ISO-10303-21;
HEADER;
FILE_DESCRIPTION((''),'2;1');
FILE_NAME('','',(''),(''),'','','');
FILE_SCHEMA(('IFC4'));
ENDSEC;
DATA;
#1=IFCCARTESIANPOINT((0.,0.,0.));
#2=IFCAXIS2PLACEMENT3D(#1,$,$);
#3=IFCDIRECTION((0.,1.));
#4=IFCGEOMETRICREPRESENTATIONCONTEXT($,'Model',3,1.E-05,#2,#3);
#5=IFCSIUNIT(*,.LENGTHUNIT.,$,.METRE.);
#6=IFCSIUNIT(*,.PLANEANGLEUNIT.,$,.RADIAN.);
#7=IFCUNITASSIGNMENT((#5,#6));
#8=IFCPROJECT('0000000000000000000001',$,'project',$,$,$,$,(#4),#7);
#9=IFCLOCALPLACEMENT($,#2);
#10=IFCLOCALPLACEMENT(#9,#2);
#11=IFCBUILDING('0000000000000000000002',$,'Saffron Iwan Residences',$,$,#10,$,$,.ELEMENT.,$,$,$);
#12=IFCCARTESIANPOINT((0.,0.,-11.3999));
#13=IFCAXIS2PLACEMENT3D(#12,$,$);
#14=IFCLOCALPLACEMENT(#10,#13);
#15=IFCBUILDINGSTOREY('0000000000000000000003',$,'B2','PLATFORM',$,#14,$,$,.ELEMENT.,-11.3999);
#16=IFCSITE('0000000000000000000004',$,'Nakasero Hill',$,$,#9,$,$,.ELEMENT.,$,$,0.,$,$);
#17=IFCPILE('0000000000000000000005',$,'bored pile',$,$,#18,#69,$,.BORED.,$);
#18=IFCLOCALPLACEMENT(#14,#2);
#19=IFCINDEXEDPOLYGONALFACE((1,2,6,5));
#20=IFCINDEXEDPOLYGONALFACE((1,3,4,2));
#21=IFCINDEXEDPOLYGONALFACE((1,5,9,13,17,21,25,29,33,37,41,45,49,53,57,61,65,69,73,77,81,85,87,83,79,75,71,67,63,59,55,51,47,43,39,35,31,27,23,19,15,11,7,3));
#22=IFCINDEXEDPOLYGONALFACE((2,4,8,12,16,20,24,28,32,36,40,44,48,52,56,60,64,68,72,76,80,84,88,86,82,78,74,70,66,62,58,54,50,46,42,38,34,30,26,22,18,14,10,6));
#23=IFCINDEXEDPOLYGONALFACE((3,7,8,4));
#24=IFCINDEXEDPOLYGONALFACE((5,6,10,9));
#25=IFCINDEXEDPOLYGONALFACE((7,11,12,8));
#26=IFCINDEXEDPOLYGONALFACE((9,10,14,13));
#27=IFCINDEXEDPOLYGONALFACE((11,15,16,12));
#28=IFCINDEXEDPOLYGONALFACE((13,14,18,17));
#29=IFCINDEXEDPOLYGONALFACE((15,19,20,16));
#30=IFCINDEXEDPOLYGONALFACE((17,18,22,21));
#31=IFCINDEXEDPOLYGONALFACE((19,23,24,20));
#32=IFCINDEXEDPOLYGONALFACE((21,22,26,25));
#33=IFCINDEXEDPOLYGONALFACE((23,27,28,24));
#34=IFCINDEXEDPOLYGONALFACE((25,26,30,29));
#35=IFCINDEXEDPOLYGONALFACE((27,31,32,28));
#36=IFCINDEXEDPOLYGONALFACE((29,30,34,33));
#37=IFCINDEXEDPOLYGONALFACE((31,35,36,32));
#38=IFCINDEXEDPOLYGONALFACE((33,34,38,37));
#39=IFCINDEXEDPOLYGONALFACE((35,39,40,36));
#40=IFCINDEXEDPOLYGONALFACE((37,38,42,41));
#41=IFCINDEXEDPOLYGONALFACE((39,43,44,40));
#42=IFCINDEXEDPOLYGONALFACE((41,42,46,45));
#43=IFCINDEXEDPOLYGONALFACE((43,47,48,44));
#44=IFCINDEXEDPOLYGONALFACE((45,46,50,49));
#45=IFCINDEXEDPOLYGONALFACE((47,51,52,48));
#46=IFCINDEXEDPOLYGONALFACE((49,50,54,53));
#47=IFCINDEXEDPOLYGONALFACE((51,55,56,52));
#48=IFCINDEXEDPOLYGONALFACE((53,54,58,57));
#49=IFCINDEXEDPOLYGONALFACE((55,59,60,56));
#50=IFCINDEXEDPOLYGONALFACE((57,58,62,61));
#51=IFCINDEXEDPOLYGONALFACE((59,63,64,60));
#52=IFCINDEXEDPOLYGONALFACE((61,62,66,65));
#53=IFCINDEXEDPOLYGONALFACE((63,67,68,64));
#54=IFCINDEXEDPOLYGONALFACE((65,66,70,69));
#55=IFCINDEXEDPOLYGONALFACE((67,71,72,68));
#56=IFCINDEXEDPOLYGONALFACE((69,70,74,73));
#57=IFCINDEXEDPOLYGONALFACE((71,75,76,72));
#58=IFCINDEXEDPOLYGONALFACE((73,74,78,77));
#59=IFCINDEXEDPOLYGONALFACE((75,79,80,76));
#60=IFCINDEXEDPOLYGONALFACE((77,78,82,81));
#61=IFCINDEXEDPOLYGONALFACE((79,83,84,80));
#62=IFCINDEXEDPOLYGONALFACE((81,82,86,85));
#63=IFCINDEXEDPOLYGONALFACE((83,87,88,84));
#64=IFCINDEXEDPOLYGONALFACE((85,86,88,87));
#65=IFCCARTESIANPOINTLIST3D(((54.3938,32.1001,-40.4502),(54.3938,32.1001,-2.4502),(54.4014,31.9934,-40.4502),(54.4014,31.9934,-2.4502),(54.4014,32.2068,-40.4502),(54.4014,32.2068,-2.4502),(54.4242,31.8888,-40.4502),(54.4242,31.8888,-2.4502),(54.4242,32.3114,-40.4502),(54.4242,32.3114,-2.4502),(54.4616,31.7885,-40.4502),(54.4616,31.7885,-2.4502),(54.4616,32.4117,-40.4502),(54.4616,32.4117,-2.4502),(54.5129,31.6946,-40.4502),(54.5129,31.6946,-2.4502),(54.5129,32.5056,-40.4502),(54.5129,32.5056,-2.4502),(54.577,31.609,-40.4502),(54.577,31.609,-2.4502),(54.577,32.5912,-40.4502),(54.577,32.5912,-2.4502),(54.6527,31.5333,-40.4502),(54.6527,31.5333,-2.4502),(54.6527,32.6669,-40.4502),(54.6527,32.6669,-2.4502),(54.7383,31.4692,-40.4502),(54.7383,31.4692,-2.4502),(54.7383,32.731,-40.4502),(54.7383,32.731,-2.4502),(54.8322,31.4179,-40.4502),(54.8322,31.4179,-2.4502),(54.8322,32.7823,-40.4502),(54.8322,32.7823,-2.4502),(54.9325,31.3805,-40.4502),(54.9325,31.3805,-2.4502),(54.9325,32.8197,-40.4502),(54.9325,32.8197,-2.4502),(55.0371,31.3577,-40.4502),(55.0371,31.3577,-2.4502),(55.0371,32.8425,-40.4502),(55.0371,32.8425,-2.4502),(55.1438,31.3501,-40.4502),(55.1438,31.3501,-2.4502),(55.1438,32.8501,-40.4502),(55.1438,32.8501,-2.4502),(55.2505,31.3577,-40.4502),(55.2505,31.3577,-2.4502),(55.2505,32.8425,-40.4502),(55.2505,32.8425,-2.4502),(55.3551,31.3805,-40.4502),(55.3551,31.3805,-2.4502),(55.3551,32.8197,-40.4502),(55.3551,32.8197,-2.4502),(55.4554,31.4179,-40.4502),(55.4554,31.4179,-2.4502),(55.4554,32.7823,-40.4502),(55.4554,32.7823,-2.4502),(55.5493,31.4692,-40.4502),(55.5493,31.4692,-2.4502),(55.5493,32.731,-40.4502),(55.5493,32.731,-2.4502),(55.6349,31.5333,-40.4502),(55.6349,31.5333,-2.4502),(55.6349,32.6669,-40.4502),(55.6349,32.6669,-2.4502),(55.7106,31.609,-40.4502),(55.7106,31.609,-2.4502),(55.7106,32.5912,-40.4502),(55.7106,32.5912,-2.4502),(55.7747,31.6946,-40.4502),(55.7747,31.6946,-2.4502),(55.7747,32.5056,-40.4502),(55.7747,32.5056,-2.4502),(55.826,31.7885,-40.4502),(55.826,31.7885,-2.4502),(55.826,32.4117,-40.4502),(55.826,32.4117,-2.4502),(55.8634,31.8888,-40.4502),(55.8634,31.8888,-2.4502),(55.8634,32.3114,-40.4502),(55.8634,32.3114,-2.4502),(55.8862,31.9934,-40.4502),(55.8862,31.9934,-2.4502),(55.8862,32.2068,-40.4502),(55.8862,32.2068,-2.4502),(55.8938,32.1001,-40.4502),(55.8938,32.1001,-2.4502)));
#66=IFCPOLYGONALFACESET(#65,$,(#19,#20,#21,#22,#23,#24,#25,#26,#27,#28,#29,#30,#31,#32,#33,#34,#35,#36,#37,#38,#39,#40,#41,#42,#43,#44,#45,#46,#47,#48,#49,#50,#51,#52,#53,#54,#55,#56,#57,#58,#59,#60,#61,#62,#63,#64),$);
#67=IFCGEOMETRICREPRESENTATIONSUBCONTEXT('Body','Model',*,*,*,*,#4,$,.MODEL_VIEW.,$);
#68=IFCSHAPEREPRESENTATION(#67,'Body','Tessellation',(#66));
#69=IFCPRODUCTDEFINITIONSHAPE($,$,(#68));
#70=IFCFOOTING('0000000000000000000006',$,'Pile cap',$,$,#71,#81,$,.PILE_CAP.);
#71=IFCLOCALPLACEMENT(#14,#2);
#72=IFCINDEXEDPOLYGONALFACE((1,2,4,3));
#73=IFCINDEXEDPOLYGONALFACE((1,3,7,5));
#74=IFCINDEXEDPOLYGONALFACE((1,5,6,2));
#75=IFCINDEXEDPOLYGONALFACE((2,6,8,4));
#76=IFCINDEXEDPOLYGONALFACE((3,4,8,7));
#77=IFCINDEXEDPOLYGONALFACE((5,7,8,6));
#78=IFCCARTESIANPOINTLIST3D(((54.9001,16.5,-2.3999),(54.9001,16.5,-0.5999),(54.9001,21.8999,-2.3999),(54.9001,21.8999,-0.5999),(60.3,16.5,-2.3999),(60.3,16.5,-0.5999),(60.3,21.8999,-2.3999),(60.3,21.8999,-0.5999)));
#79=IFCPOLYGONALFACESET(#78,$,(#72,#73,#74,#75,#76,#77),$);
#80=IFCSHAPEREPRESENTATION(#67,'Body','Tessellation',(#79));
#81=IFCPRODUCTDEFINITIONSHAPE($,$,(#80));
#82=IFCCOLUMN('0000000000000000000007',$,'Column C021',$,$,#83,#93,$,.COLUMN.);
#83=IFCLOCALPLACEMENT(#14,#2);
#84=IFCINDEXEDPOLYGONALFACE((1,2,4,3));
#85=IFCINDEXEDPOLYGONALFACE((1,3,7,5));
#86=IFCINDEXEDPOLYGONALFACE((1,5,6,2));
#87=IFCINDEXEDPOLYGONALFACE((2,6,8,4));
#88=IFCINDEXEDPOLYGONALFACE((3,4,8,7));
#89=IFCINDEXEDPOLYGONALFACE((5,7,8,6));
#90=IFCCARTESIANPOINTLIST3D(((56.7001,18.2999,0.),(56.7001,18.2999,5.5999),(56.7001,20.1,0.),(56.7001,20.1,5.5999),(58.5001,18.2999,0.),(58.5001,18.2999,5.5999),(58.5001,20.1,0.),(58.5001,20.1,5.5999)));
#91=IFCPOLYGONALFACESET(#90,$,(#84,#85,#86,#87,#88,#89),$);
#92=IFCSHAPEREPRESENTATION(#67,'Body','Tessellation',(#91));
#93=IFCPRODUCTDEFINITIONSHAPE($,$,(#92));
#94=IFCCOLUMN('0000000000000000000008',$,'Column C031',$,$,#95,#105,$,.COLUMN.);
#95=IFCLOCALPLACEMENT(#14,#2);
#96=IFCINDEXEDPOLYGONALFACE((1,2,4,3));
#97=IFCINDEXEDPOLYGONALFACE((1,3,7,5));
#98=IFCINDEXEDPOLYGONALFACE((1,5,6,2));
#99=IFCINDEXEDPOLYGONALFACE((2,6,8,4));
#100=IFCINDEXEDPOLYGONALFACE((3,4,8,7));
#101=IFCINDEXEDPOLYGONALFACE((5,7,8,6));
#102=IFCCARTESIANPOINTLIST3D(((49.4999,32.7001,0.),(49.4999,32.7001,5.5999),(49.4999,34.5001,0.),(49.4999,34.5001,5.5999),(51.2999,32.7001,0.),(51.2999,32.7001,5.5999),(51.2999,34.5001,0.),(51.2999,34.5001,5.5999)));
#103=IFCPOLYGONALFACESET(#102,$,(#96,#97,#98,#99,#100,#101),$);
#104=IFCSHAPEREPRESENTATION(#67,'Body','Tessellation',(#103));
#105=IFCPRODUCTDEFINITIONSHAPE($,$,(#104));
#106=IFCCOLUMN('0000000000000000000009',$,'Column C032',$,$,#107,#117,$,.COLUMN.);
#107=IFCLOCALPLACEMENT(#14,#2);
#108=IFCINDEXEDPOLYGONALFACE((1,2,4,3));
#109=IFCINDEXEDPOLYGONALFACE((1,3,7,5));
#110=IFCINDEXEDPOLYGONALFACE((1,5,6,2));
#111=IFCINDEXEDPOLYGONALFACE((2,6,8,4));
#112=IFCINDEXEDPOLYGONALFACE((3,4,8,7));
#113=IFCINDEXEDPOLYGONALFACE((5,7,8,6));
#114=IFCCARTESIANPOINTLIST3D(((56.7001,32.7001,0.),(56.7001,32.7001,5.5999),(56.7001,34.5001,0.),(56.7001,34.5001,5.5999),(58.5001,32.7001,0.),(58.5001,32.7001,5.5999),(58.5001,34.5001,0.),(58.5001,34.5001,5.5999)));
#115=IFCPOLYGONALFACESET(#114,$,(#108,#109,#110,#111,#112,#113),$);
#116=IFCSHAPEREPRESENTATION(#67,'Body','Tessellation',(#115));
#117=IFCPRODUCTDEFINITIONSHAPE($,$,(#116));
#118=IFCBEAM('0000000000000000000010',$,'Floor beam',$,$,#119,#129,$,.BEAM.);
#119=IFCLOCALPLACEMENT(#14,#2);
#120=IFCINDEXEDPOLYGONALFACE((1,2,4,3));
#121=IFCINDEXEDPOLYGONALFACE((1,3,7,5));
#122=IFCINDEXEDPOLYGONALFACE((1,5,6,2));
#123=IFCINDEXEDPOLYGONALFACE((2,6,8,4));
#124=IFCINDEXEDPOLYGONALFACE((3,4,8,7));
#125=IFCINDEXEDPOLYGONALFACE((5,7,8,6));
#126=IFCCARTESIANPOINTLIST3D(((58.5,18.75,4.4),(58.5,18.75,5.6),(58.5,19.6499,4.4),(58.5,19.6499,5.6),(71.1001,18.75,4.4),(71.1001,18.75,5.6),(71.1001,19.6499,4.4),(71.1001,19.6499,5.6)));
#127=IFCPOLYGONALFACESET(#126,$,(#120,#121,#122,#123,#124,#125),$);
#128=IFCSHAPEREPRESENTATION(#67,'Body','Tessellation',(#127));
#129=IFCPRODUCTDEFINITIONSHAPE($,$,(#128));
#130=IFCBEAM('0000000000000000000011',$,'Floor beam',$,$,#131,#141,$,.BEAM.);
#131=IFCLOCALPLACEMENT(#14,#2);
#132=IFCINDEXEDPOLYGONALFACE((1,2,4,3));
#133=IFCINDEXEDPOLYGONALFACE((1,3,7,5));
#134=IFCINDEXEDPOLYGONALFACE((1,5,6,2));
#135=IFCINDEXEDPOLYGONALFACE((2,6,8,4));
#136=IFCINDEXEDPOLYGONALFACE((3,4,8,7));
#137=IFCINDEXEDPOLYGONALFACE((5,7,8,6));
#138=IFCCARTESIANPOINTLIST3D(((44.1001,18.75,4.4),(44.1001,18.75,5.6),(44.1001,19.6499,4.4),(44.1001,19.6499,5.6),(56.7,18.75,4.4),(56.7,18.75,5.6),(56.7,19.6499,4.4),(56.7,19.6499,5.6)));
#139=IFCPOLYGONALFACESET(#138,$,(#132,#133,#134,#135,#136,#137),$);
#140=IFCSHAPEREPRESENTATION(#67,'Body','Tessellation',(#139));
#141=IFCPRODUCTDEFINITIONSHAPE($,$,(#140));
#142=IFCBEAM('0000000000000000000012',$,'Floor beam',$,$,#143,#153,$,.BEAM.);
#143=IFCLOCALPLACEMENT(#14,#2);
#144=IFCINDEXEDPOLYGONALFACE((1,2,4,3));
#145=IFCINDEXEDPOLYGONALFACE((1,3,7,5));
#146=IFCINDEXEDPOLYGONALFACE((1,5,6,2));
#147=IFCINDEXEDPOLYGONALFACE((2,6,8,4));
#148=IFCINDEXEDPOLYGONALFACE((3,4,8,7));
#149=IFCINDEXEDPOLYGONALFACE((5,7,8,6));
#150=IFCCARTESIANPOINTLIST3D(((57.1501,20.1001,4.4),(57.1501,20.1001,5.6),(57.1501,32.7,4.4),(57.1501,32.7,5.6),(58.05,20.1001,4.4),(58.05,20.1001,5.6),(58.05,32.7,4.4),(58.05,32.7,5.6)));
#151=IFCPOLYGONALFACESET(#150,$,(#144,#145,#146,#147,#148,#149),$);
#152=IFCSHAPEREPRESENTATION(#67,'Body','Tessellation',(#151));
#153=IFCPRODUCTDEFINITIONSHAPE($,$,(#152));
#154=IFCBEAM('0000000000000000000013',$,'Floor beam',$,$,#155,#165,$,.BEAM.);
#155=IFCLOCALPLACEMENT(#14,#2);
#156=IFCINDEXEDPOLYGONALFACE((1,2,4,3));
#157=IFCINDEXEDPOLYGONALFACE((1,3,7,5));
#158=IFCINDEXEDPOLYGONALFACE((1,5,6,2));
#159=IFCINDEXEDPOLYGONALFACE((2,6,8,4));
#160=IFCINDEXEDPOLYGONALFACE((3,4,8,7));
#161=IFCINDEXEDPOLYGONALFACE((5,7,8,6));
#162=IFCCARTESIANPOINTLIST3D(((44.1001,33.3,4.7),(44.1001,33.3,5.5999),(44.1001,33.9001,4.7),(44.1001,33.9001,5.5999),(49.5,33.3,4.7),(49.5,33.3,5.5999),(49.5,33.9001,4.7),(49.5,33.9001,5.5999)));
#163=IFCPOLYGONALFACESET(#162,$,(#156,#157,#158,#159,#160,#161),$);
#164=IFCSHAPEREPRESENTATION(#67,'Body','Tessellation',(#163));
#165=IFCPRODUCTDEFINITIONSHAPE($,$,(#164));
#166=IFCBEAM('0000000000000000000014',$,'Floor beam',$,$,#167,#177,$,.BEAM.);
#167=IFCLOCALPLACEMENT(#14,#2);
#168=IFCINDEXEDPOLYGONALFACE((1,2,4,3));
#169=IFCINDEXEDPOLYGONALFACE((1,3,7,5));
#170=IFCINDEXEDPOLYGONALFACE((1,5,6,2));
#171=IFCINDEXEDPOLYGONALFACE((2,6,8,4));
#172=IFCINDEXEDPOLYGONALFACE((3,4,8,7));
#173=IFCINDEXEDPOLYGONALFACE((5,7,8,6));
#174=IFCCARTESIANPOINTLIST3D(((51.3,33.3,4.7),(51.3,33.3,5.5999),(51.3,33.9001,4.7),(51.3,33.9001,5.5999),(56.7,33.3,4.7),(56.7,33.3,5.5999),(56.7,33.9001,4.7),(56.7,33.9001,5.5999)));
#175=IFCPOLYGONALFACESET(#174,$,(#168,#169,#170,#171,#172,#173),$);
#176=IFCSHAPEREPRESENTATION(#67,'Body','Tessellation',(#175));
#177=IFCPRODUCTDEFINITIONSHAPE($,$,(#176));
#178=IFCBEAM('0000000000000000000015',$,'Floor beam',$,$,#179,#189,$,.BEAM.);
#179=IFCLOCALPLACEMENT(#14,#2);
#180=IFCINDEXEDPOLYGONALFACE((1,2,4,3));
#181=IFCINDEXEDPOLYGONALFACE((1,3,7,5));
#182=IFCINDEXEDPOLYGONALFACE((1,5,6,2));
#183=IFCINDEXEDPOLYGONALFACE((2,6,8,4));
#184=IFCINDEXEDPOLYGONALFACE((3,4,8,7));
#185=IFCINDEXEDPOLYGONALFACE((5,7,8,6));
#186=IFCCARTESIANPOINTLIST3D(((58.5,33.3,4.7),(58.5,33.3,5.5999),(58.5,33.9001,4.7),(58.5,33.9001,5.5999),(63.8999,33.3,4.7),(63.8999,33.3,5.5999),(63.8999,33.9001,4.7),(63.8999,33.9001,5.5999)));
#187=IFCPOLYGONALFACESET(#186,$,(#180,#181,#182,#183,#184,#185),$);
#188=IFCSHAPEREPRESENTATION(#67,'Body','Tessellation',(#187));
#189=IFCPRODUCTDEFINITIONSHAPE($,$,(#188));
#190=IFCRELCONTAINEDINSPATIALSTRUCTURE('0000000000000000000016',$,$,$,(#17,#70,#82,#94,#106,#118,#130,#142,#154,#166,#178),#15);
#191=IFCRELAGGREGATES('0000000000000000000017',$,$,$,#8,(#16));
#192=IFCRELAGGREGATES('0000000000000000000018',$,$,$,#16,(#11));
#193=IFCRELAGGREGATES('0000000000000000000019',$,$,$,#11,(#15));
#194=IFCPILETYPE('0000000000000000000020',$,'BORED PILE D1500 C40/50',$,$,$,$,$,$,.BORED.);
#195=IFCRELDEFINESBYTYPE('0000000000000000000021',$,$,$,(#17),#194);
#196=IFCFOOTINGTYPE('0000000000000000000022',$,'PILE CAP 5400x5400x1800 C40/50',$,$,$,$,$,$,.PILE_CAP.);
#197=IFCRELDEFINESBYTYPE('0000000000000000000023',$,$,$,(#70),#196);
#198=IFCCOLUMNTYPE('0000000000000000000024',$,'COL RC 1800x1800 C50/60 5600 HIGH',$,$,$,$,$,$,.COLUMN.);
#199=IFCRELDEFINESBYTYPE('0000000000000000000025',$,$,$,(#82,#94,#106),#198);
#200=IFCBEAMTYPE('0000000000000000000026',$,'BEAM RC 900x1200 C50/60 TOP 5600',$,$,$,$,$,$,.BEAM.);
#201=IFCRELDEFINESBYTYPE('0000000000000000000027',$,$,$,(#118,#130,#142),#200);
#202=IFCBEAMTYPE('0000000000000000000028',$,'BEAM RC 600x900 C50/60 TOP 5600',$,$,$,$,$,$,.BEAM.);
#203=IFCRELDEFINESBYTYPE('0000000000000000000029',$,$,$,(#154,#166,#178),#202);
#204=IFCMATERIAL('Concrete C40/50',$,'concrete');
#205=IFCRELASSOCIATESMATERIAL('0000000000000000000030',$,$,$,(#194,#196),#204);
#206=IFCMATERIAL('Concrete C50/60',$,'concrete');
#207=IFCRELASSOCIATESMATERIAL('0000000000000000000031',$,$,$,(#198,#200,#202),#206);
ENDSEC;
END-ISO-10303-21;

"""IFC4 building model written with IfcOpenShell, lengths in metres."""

from ifc_helpers import new_model, si_unit, direction, frame, origin, origin_2d, place, context, subcontext, project, spatial, rectangle, circle, extrude, source, transform, mapped, material, material_profile, profile_set, type_object, element, save


model = new_model("IFC4")

# Units and contexts
model_context = context("Model", 3, precision=1e-05, world=origin(), true_north=direction((0.0, 1.0)))
body_context = subcontext(model_context, "Body", "Model", "MODEL_VIEW")
ifc_project = project(units=[si_unit("LENGTHUNIT", "METRE"), si_unit("PLANEANGLEUNIT", "RADIAN")], contexts=[model_context])

# Site, building, storey
site_placement = place(None, origin())
site = spatial("IfcSite", under=ifc_project, at=site_placement, Name="Nakasero Hill", CompositionType="ELEMENT", RefElevation=0.0)
building_placement = place(site_placement, origin())
building = spatial("IfcBuilding", under=site, at=building_placement, Name="Saffron Iwan Residences", CompositionType="ELEMENT")
storey_placement = place(building_placement, frame((0.0, 0.0, -11.3999)))
storey = spatial("IfcBuildingStorey", under=building, at=storey_placement, Name="B2", Description="PLATFORM", CompositionType="ELEMENT", Elevation=-11.3999)

# Pile
ifc_material_1 = material(Name="Concrete C40/50", Category="concrete")
ifc_material_profile_1 = material_profile(ifc_material_1, circle(Radius=0.75, at=origin_2d()), Name="RC D1500")
ifc_profile_set_1 = profile_set([ifc_material_profile_1], Name="Concrete C40/50")
pile_type_1 = type_object("IfcPileType", Name="BORED PILE D1500 C40/50", PredefinedType="BORED", material=ifc_profile_set_1)
for number, where, z_axis, x_axis, name in (
    (1, (55.1438, 32.1001, -2.4502), (0.0, 0.0, -1.0), (1.0, 0.0, 0.0), "bored pile"),
):
    element("IfcPile", number, at=place(storey_placement, frame(where, z_axis=z_axis, x_axis=x_axis)), inside=storey, type_object=pile_type_1, Name=name, PredefinedType="BORED", context=body_context, shape_type="SweptSolid", body=[
        extrude(circle(Radius=0.75, at=origin_2d()), origin(), (0.0, 0.0, 1.0), 38.0),
    ])

# Footing
footing_type = type_object("IfcFootingType", Name="PILE CAP 5400x5400x1800 C40/50", PredefinedType="PILE_CAP", material=ifc_material_1)
shared_shape_1 = source(origin(), body_context, "Body", "SweptSolid", [
    extrude(rectangle(XDim=5.3999, YDim=5.3999, at=origin_2d()), origin(), (0.0, 0.0, 1.0), 1.8),
])
footing_placement = place(storey_placement, frame((57.6001, 19.2, -2.3999), z_axis=(0.0, 0.0, 1.0), x_axis=(1.0, 0.0, 0.0)))
element("IfcFooting", 2, at=footing_placement, inside=storey, type_object=footing_type, Name="Pile cap", PredefinedType="PILE_CAP", context=body_context, shape_type="MappedRepresentation", body=[
    mapped(shared_shape_1, transform((0.0, 0.0, 0.0))),
])

# Columns
ifc_material_2 = material(Name="Concrete C50/60", Category="concrete")
ifc_material_profile_2 = material_profile(ifc_material_2, rectangle(XDim=1.8, YDim=1.8, at=origin_2d()), Name="RC 1800x1800")
ifc_profile_set_2 = profile_set([ifc_material_profile_2], Name="Concrete C50/60")
column_type = type_object("IfcColumnType", Name="COL RC 1800x1800 C50/60 5600 HIGH", PredefinedType="COLUMN", material=ifc_profile_set_2)
shared_shape_2 = source(origin(), body_context, "Body", "SweptSolid", [
    extrude(rectangle(XDim=1.8, YDim=1.8, at=origin_2d()), origin(), (0.0, 0.0, 1.0), 5.5999),
])
for number, where, z_axis, x_axis, name in (
    (3, (57.6001, 19.2, 0.0), (0.0, 0.0, 1.0), (1.0, 0.0, 0.0), "Column C021"),
    (4, (50.3999, 33.6001, 0.0), (0.0, 0.0, 1.0), (1.0, 0.0, 0.0), "Column C031"),
    (5, (57.6001, 33.6001, 0.0), (0.0, 0.0, 1.0), (1.0, 0.0, 0.0), "Column C032"),
):
    element("IfcColumn", number, at=place(storey_placement, frame(where, z_axis=z_axis, x_axis=x_axis)), inside=storey, type_object=column_type, Name=name, PredefinedType="COLUMN", context=body_context, shape_type="MappedRepresentation", body=[
        mapped(shared_shape_2, transform((0.0, 0.0, 0.0))),
    ])

# Beams
ifc_material_profile_3 = material_profile(ifc_material_2, rectangle(XDim=0.8999, YDim=1.2, at=origin_2d()), Name="RC 900x1200")
ifc_profile_set_3 = profile_set([ifc_material_profile_3], Name="Concrete C50/60")
beam_type_1 = type_object("IfcBeamType", Name="BEAM RC 900x1200 C50/60 TOP 5600", PredefinedType="BEAM", material=ifc_profile_set_3)
shared_shape_3 = source(origin(), body_context, "Body", "SweptSolid", [
    extrude(rectangle(XDim=0.8999, YDim=1.2, at=origin_2d()), origin(), (0.0, 0.0, 1.0), 12.6001),
])
beam_1_placement = place(storey_placement, frame((58.5, 19.2, 5.0), z_axis=(1.0, 0.0, 0.0), x_axis=(0.0, 1.0, 0.0)))
element("IfcBeam", 6, at=beam_1_placement, inside=storey, type_object=beam_type_1, Name="Floor beam", PredefinedType="BEAM", context=body_context, shape_type="MappedRepresentation", body=[
    mapped(shared_shape_3, transform((0.0, 0.0, 0.0))),
])
shared_shape_4 = source(origin(), body_context, "Body", "SweptSolid", [
    extrude(rectangle(XDim=0.8999, YDim=1.2, at=origin_2d()), origin(), (0.0, 0.0, 1.0), 12.5999),
])
for number, where, z_axis, x_axis, name in (
    (7, (44.1001, 19.2, 5.0), (1.0, 0.0, 0.0), (0.0, 1.0, 0.0), "Floor beam"),
    (8, (57.6001, 20.1001, 5.0), (0.0, 1.0, 0.0), (-1.0, 0.0, 0.0), "Floor beam"),
):
    element("IfcBeam", number, at=place(storey_placement, frame(where, z_axis=z_axis, x_axis=x_axis)), inside=storey, type_object=beam_type_1, Name=name, PredefinedType="BEAM", context=body_context, shape_type="MappedRepresentation", body=[
        mapped(shared_shape_4, transform((0.0, 0.0, 0.0))),
    ])
ifc_material_profile_4 = material_profile(ifc_material_2, rectangle(XDim=0.6001, YDim=0.8999, at=origin_2d()), Name="RC 600x900")
ifc_profile_set_4 = profile_set([ifc_material_profile_4], Name="Concrete C50/60")
beam_type_2 = type_object("IfcBeamType", Name="BEAM RC 600x900 C50/60 TOP 5600", PredefinedType="BEAM", material=ifc_profile_set_4)
shared_shape_5 = source(origin(), body_context, "Body", "SweptSolid", [
    extrude(rectangle(XDim=0.6001, YDim=0.8999, at=origin_2d()), origin(), (0.0, 0.0, 1.0), 5.3999),
])
for number, where, z_axis, x_axis, name in (
    (9, (44.1001, 33.6001, 5.1499), (1.0, 0.0, 0.0), (0.0, 1.0, 0.0), "Floor beam"),
    (10, (51.3, 33.6001, 5.1499), (1.0, 0.0, 0.0), (0.0, 1.0, 0.0), "Floor beam"),
    (11, (58.5, 33.6001, 5.1499), (1.0, 0.0, 0.0), (0.0, 1.0, 0.0), "Floor beam"),
):
    element("IfcBeam", number, at=place(storey_placement, frame(where, z_axis=z_axis, x_axis=x_axis)), inside=storey, type_object=beam_type_2, Name=name, PredefinedType="BEAM", context=body_context, shape_type="MappedRepresentation", body=[
        mapped(shared_shape_5, transform((0.0, 0.0, 0.0))),
    ])

save(model, "model.ifc")
